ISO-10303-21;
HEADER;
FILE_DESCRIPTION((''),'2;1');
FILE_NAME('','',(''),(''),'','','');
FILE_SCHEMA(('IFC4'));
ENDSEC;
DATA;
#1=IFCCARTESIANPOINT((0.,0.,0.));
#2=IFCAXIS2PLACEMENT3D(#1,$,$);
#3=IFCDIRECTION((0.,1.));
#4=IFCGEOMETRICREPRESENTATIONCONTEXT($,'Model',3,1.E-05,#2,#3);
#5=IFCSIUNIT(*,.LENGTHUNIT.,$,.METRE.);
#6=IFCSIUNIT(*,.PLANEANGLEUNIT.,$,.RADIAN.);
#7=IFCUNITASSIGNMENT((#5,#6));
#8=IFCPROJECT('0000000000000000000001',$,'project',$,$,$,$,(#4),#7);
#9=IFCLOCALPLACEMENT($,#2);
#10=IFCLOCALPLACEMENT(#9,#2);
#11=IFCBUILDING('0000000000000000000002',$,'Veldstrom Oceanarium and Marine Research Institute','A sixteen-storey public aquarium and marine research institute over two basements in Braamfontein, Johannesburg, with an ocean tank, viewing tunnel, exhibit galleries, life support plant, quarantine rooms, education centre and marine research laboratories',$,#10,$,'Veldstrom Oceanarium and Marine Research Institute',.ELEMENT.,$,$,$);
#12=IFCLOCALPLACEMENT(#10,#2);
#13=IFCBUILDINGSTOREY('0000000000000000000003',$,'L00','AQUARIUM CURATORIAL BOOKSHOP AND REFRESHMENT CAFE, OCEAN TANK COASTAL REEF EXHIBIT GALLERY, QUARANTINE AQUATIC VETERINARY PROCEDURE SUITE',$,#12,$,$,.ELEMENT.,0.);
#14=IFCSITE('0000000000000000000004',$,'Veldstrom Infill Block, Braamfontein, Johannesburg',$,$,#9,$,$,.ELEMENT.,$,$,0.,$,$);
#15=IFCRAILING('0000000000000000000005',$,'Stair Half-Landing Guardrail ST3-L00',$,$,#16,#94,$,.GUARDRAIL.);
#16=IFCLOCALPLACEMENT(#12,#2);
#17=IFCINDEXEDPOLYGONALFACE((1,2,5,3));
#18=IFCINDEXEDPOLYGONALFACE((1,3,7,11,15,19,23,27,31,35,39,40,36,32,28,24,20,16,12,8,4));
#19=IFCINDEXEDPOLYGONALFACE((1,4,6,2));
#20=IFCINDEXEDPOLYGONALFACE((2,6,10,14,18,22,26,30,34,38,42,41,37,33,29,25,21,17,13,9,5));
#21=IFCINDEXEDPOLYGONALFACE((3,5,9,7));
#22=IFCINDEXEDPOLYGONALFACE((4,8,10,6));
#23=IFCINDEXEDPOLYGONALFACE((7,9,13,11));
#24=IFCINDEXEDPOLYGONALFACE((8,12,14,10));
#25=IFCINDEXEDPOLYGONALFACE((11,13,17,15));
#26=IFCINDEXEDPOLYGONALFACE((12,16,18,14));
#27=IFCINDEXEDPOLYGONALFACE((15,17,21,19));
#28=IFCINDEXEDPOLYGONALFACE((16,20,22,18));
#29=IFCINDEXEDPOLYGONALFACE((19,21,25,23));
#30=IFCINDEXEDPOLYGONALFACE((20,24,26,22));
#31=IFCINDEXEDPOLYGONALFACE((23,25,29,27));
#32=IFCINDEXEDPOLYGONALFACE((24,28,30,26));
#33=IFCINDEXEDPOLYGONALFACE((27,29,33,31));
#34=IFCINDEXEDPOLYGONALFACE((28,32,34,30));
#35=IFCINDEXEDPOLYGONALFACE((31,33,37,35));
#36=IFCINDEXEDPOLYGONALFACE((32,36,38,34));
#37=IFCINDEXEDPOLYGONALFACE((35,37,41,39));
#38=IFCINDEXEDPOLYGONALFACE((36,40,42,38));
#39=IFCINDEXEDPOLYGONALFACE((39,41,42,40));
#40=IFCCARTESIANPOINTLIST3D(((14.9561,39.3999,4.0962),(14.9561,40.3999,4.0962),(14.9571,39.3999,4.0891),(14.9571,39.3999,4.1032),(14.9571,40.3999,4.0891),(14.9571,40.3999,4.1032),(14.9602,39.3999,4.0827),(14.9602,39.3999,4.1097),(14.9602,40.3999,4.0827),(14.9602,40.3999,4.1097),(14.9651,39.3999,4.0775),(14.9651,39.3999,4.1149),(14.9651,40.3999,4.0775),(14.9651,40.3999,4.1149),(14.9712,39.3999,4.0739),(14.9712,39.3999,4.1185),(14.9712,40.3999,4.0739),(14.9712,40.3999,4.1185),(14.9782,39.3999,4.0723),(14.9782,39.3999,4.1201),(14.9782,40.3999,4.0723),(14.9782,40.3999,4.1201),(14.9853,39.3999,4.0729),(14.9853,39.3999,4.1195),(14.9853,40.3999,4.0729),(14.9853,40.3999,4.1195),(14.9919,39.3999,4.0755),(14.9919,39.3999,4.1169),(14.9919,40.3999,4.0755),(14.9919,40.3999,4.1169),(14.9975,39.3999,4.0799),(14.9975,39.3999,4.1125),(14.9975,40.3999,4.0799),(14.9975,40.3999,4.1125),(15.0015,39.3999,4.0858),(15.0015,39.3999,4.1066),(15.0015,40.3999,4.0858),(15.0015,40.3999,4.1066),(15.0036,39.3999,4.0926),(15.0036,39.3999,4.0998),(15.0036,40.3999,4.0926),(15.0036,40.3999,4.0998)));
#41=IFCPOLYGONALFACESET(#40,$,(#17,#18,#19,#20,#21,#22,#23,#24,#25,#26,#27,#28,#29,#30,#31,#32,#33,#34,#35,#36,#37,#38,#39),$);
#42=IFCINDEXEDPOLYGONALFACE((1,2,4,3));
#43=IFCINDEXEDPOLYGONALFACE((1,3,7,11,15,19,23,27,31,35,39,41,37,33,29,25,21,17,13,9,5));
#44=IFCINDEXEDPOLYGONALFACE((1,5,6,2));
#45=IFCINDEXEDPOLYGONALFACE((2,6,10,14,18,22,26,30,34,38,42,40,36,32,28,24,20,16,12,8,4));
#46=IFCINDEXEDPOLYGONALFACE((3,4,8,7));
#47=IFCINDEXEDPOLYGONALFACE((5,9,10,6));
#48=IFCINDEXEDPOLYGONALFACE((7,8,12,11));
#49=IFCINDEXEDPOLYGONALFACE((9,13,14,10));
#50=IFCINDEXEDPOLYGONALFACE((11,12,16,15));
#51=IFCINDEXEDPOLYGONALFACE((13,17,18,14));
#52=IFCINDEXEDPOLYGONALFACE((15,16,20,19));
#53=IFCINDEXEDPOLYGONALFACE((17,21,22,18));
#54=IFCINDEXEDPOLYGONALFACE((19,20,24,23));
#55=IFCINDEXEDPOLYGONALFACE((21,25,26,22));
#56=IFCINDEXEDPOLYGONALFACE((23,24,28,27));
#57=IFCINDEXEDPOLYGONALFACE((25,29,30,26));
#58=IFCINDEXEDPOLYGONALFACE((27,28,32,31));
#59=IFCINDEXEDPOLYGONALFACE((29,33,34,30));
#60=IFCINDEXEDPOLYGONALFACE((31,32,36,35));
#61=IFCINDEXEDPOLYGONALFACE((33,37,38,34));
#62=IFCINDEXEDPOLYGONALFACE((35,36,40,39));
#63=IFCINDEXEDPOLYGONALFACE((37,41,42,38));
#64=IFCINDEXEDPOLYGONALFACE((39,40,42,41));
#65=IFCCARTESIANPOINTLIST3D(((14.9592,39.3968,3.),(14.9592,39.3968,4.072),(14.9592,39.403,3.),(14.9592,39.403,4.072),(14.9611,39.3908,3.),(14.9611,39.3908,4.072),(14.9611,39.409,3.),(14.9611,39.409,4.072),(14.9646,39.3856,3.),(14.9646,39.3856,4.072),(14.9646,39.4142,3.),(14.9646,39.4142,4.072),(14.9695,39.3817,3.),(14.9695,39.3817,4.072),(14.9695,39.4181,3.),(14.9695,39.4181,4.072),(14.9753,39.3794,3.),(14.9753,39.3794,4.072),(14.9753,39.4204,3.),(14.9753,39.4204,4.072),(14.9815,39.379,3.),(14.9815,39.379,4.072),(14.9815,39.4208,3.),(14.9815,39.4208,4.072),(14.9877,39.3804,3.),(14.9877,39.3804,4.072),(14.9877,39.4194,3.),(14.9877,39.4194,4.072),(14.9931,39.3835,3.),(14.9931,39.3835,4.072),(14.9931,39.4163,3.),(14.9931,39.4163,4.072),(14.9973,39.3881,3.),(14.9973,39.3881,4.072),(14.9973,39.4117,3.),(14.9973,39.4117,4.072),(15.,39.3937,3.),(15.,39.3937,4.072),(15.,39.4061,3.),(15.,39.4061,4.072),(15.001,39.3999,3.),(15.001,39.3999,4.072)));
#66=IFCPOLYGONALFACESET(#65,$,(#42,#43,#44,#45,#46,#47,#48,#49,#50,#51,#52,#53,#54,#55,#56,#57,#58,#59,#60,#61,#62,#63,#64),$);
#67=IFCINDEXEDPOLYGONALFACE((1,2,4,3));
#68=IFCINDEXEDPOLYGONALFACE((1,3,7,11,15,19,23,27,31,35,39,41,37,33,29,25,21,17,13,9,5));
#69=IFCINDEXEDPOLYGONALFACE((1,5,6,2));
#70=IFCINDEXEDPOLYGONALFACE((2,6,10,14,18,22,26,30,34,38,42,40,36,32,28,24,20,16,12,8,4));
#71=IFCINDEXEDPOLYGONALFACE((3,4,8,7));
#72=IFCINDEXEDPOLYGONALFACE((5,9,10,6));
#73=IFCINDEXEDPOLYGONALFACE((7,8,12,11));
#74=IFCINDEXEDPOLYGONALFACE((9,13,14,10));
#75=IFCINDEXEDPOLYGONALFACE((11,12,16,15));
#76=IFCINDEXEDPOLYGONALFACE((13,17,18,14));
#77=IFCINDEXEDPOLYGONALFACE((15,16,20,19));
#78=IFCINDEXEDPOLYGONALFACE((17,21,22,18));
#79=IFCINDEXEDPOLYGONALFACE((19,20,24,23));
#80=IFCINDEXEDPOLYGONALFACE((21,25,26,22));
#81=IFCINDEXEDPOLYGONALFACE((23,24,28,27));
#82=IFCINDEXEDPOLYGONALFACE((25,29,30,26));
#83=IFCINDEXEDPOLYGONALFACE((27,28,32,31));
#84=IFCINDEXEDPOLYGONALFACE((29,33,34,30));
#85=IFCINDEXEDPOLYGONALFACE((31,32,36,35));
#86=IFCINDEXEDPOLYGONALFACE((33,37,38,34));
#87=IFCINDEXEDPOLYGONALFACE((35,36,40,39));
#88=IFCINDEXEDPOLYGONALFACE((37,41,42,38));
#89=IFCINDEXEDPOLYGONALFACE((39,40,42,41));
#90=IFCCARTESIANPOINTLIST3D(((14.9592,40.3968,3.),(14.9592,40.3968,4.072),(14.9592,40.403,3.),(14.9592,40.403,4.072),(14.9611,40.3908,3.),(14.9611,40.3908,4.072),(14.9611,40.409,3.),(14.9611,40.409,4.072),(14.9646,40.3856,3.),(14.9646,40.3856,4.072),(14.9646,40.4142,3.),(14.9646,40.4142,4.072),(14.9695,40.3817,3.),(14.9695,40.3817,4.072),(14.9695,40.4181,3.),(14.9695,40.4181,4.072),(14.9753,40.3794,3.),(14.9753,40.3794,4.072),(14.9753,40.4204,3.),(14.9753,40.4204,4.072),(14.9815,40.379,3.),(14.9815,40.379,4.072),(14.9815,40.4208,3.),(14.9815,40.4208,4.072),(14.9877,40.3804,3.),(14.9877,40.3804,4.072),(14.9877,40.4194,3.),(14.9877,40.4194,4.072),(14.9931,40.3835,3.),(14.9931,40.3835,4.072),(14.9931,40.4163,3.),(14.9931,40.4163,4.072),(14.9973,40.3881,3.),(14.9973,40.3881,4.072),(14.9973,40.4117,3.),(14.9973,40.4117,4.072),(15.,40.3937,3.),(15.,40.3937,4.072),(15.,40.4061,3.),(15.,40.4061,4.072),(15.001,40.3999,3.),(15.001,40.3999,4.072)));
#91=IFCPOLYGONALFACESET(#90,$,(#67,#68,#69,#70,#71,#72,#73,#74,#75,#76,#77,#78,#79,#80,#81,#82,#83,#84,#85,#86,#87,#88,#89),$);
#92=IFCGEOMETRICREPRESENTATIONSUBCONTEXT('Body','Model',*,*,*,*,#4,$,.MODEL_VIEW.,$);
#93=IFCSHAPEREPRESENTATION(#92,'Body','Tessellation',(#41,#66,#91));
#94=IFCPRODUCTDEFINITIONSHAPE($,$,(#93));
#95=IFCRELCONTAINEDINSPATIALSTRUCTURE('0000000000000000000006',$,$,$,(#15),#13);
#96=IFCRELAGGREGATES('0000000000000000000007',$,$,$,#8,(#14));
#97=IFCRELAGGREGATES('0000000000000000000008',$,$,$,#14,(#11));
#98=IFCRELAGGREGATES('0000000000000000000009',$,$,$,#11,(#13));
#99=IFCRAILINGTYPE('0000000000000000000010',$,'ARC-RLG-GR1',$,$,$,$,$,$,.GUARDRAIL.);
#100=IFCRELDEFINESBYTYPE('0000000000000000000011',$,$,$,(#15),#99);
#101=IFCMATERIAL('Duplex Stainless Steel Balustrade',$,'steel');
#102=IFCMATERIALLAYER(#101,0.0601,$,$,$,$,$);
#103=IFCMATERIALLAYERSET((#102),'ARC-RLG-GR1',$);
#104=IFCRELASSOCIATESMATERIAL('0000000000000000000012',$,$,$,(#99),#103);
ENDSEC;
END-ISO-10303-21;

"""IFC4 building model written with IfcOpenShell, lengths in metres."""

from ifc_helpers import new_model, si_unit, direction, frame, origin, origin_2d, place, context, subcontext, project, spatial, circle, extrude, material, layer, layer_set, type_object, element, save


model = new_model("IFC4")

# Units and contexts
model_context = context("Model", 3, precision=1e-05, world=origin(), true_north=direction((0.0, 1.0)))
body_context = subcontext(model_context, "Body", "Model", "MODEL_VIEW")
ifc_project = project(units=[si_unit("LENGTHUNIT", "METRE"), si_unit("PLANEANGLEUNIT", "RADIAN")], contexts=[model_context])

# Site, building, storey
site_placement = place(None, origin())
site = spatial("IfcSite", under=ifc_project, at=site_placement, Name="Veldstrom Infill Block, Braamfontein, Johannesburg", CompositionType="ELEMENT", RefElevation=0.0)
building_placement = place(site_placement, origin())
building = spatial("IfcBuilding", under=site, at=building_placement, Name="Veldstrom Oceanarium and Marine Research Institute", Description="A sixteen-storey public aquarium and marine research institute over two basements in Braamfontein, Johannesburg, with an ocean tank, viewing tunnel, exhibit galleries, life support plant, quarantine rooms, education centre and marine research laboratories", LongName="Veldstrom Oceanarium and Marine Research Institute", CompositionType="ELEMENT")
storey_placement = place(building_placement, origin())
storey = spatial("IfcBuildingStorey", under=building, at=storey_placement, Name="L00", Description="AQUARIUM CURATORIAL BOOKSHOP AND REFRESHMENT CAFE, OCEAN TANK COASTAL REEF EXHIBIT GALLERY, QUARANTINE AQUATIC VETERINARY PROCEDURE SUITE", CompositionType="ELEMENT", Elevation=0.0)

# Railing
ifc_material_1 = material(Name="Duplex Stainless Steel Balustrade", Category="steel")
ifc_layer_1 = layer(ifc_material_1, 0.0601)
ifc_layer_set_1 = layer_set([ifc_layer_1], Name="ARC-RLG-GR1")
railing_type_1 = type_object("IfcRailingType", Name="ARC-RLG-GR1", PredefinedType="GUARDRAIL", material=ifc_layer_set_1)
railing_1_placement = place(storey_placement, frame((14.98, 39.3999, 3.0)))
element("IfcRailing", 1, at=railing_1_placement, inside=storey, type_object=railing_type_1, Name="Stair Half-Landing Guardrail ST3-L00", PredefinedType="GUARDRAIL", context=body_context, shape_type="SweptSolid", body=[
    extrude(circle(Radius=0.0239, at=origin_2d()), frame((0.0, 0.0, 1.0962), z_axis=(0.0, 1.0, 0.0), x_axis=(-1.0, 0.0, 0.0)), (0.0, 0.0, 1.0), 1.0),
    extrude(circle(Radius=0.021, at=origin_2d()), origin(), (0.0, 0.0, 1.0), 1.072),
    extrude(circle(Radius=0.021, at=origin_2d()), frame((0.0, 1.0, 0.0)), (0.0, 0.0, 1.0), 1.072),
])

save(model, "model.ifc")
